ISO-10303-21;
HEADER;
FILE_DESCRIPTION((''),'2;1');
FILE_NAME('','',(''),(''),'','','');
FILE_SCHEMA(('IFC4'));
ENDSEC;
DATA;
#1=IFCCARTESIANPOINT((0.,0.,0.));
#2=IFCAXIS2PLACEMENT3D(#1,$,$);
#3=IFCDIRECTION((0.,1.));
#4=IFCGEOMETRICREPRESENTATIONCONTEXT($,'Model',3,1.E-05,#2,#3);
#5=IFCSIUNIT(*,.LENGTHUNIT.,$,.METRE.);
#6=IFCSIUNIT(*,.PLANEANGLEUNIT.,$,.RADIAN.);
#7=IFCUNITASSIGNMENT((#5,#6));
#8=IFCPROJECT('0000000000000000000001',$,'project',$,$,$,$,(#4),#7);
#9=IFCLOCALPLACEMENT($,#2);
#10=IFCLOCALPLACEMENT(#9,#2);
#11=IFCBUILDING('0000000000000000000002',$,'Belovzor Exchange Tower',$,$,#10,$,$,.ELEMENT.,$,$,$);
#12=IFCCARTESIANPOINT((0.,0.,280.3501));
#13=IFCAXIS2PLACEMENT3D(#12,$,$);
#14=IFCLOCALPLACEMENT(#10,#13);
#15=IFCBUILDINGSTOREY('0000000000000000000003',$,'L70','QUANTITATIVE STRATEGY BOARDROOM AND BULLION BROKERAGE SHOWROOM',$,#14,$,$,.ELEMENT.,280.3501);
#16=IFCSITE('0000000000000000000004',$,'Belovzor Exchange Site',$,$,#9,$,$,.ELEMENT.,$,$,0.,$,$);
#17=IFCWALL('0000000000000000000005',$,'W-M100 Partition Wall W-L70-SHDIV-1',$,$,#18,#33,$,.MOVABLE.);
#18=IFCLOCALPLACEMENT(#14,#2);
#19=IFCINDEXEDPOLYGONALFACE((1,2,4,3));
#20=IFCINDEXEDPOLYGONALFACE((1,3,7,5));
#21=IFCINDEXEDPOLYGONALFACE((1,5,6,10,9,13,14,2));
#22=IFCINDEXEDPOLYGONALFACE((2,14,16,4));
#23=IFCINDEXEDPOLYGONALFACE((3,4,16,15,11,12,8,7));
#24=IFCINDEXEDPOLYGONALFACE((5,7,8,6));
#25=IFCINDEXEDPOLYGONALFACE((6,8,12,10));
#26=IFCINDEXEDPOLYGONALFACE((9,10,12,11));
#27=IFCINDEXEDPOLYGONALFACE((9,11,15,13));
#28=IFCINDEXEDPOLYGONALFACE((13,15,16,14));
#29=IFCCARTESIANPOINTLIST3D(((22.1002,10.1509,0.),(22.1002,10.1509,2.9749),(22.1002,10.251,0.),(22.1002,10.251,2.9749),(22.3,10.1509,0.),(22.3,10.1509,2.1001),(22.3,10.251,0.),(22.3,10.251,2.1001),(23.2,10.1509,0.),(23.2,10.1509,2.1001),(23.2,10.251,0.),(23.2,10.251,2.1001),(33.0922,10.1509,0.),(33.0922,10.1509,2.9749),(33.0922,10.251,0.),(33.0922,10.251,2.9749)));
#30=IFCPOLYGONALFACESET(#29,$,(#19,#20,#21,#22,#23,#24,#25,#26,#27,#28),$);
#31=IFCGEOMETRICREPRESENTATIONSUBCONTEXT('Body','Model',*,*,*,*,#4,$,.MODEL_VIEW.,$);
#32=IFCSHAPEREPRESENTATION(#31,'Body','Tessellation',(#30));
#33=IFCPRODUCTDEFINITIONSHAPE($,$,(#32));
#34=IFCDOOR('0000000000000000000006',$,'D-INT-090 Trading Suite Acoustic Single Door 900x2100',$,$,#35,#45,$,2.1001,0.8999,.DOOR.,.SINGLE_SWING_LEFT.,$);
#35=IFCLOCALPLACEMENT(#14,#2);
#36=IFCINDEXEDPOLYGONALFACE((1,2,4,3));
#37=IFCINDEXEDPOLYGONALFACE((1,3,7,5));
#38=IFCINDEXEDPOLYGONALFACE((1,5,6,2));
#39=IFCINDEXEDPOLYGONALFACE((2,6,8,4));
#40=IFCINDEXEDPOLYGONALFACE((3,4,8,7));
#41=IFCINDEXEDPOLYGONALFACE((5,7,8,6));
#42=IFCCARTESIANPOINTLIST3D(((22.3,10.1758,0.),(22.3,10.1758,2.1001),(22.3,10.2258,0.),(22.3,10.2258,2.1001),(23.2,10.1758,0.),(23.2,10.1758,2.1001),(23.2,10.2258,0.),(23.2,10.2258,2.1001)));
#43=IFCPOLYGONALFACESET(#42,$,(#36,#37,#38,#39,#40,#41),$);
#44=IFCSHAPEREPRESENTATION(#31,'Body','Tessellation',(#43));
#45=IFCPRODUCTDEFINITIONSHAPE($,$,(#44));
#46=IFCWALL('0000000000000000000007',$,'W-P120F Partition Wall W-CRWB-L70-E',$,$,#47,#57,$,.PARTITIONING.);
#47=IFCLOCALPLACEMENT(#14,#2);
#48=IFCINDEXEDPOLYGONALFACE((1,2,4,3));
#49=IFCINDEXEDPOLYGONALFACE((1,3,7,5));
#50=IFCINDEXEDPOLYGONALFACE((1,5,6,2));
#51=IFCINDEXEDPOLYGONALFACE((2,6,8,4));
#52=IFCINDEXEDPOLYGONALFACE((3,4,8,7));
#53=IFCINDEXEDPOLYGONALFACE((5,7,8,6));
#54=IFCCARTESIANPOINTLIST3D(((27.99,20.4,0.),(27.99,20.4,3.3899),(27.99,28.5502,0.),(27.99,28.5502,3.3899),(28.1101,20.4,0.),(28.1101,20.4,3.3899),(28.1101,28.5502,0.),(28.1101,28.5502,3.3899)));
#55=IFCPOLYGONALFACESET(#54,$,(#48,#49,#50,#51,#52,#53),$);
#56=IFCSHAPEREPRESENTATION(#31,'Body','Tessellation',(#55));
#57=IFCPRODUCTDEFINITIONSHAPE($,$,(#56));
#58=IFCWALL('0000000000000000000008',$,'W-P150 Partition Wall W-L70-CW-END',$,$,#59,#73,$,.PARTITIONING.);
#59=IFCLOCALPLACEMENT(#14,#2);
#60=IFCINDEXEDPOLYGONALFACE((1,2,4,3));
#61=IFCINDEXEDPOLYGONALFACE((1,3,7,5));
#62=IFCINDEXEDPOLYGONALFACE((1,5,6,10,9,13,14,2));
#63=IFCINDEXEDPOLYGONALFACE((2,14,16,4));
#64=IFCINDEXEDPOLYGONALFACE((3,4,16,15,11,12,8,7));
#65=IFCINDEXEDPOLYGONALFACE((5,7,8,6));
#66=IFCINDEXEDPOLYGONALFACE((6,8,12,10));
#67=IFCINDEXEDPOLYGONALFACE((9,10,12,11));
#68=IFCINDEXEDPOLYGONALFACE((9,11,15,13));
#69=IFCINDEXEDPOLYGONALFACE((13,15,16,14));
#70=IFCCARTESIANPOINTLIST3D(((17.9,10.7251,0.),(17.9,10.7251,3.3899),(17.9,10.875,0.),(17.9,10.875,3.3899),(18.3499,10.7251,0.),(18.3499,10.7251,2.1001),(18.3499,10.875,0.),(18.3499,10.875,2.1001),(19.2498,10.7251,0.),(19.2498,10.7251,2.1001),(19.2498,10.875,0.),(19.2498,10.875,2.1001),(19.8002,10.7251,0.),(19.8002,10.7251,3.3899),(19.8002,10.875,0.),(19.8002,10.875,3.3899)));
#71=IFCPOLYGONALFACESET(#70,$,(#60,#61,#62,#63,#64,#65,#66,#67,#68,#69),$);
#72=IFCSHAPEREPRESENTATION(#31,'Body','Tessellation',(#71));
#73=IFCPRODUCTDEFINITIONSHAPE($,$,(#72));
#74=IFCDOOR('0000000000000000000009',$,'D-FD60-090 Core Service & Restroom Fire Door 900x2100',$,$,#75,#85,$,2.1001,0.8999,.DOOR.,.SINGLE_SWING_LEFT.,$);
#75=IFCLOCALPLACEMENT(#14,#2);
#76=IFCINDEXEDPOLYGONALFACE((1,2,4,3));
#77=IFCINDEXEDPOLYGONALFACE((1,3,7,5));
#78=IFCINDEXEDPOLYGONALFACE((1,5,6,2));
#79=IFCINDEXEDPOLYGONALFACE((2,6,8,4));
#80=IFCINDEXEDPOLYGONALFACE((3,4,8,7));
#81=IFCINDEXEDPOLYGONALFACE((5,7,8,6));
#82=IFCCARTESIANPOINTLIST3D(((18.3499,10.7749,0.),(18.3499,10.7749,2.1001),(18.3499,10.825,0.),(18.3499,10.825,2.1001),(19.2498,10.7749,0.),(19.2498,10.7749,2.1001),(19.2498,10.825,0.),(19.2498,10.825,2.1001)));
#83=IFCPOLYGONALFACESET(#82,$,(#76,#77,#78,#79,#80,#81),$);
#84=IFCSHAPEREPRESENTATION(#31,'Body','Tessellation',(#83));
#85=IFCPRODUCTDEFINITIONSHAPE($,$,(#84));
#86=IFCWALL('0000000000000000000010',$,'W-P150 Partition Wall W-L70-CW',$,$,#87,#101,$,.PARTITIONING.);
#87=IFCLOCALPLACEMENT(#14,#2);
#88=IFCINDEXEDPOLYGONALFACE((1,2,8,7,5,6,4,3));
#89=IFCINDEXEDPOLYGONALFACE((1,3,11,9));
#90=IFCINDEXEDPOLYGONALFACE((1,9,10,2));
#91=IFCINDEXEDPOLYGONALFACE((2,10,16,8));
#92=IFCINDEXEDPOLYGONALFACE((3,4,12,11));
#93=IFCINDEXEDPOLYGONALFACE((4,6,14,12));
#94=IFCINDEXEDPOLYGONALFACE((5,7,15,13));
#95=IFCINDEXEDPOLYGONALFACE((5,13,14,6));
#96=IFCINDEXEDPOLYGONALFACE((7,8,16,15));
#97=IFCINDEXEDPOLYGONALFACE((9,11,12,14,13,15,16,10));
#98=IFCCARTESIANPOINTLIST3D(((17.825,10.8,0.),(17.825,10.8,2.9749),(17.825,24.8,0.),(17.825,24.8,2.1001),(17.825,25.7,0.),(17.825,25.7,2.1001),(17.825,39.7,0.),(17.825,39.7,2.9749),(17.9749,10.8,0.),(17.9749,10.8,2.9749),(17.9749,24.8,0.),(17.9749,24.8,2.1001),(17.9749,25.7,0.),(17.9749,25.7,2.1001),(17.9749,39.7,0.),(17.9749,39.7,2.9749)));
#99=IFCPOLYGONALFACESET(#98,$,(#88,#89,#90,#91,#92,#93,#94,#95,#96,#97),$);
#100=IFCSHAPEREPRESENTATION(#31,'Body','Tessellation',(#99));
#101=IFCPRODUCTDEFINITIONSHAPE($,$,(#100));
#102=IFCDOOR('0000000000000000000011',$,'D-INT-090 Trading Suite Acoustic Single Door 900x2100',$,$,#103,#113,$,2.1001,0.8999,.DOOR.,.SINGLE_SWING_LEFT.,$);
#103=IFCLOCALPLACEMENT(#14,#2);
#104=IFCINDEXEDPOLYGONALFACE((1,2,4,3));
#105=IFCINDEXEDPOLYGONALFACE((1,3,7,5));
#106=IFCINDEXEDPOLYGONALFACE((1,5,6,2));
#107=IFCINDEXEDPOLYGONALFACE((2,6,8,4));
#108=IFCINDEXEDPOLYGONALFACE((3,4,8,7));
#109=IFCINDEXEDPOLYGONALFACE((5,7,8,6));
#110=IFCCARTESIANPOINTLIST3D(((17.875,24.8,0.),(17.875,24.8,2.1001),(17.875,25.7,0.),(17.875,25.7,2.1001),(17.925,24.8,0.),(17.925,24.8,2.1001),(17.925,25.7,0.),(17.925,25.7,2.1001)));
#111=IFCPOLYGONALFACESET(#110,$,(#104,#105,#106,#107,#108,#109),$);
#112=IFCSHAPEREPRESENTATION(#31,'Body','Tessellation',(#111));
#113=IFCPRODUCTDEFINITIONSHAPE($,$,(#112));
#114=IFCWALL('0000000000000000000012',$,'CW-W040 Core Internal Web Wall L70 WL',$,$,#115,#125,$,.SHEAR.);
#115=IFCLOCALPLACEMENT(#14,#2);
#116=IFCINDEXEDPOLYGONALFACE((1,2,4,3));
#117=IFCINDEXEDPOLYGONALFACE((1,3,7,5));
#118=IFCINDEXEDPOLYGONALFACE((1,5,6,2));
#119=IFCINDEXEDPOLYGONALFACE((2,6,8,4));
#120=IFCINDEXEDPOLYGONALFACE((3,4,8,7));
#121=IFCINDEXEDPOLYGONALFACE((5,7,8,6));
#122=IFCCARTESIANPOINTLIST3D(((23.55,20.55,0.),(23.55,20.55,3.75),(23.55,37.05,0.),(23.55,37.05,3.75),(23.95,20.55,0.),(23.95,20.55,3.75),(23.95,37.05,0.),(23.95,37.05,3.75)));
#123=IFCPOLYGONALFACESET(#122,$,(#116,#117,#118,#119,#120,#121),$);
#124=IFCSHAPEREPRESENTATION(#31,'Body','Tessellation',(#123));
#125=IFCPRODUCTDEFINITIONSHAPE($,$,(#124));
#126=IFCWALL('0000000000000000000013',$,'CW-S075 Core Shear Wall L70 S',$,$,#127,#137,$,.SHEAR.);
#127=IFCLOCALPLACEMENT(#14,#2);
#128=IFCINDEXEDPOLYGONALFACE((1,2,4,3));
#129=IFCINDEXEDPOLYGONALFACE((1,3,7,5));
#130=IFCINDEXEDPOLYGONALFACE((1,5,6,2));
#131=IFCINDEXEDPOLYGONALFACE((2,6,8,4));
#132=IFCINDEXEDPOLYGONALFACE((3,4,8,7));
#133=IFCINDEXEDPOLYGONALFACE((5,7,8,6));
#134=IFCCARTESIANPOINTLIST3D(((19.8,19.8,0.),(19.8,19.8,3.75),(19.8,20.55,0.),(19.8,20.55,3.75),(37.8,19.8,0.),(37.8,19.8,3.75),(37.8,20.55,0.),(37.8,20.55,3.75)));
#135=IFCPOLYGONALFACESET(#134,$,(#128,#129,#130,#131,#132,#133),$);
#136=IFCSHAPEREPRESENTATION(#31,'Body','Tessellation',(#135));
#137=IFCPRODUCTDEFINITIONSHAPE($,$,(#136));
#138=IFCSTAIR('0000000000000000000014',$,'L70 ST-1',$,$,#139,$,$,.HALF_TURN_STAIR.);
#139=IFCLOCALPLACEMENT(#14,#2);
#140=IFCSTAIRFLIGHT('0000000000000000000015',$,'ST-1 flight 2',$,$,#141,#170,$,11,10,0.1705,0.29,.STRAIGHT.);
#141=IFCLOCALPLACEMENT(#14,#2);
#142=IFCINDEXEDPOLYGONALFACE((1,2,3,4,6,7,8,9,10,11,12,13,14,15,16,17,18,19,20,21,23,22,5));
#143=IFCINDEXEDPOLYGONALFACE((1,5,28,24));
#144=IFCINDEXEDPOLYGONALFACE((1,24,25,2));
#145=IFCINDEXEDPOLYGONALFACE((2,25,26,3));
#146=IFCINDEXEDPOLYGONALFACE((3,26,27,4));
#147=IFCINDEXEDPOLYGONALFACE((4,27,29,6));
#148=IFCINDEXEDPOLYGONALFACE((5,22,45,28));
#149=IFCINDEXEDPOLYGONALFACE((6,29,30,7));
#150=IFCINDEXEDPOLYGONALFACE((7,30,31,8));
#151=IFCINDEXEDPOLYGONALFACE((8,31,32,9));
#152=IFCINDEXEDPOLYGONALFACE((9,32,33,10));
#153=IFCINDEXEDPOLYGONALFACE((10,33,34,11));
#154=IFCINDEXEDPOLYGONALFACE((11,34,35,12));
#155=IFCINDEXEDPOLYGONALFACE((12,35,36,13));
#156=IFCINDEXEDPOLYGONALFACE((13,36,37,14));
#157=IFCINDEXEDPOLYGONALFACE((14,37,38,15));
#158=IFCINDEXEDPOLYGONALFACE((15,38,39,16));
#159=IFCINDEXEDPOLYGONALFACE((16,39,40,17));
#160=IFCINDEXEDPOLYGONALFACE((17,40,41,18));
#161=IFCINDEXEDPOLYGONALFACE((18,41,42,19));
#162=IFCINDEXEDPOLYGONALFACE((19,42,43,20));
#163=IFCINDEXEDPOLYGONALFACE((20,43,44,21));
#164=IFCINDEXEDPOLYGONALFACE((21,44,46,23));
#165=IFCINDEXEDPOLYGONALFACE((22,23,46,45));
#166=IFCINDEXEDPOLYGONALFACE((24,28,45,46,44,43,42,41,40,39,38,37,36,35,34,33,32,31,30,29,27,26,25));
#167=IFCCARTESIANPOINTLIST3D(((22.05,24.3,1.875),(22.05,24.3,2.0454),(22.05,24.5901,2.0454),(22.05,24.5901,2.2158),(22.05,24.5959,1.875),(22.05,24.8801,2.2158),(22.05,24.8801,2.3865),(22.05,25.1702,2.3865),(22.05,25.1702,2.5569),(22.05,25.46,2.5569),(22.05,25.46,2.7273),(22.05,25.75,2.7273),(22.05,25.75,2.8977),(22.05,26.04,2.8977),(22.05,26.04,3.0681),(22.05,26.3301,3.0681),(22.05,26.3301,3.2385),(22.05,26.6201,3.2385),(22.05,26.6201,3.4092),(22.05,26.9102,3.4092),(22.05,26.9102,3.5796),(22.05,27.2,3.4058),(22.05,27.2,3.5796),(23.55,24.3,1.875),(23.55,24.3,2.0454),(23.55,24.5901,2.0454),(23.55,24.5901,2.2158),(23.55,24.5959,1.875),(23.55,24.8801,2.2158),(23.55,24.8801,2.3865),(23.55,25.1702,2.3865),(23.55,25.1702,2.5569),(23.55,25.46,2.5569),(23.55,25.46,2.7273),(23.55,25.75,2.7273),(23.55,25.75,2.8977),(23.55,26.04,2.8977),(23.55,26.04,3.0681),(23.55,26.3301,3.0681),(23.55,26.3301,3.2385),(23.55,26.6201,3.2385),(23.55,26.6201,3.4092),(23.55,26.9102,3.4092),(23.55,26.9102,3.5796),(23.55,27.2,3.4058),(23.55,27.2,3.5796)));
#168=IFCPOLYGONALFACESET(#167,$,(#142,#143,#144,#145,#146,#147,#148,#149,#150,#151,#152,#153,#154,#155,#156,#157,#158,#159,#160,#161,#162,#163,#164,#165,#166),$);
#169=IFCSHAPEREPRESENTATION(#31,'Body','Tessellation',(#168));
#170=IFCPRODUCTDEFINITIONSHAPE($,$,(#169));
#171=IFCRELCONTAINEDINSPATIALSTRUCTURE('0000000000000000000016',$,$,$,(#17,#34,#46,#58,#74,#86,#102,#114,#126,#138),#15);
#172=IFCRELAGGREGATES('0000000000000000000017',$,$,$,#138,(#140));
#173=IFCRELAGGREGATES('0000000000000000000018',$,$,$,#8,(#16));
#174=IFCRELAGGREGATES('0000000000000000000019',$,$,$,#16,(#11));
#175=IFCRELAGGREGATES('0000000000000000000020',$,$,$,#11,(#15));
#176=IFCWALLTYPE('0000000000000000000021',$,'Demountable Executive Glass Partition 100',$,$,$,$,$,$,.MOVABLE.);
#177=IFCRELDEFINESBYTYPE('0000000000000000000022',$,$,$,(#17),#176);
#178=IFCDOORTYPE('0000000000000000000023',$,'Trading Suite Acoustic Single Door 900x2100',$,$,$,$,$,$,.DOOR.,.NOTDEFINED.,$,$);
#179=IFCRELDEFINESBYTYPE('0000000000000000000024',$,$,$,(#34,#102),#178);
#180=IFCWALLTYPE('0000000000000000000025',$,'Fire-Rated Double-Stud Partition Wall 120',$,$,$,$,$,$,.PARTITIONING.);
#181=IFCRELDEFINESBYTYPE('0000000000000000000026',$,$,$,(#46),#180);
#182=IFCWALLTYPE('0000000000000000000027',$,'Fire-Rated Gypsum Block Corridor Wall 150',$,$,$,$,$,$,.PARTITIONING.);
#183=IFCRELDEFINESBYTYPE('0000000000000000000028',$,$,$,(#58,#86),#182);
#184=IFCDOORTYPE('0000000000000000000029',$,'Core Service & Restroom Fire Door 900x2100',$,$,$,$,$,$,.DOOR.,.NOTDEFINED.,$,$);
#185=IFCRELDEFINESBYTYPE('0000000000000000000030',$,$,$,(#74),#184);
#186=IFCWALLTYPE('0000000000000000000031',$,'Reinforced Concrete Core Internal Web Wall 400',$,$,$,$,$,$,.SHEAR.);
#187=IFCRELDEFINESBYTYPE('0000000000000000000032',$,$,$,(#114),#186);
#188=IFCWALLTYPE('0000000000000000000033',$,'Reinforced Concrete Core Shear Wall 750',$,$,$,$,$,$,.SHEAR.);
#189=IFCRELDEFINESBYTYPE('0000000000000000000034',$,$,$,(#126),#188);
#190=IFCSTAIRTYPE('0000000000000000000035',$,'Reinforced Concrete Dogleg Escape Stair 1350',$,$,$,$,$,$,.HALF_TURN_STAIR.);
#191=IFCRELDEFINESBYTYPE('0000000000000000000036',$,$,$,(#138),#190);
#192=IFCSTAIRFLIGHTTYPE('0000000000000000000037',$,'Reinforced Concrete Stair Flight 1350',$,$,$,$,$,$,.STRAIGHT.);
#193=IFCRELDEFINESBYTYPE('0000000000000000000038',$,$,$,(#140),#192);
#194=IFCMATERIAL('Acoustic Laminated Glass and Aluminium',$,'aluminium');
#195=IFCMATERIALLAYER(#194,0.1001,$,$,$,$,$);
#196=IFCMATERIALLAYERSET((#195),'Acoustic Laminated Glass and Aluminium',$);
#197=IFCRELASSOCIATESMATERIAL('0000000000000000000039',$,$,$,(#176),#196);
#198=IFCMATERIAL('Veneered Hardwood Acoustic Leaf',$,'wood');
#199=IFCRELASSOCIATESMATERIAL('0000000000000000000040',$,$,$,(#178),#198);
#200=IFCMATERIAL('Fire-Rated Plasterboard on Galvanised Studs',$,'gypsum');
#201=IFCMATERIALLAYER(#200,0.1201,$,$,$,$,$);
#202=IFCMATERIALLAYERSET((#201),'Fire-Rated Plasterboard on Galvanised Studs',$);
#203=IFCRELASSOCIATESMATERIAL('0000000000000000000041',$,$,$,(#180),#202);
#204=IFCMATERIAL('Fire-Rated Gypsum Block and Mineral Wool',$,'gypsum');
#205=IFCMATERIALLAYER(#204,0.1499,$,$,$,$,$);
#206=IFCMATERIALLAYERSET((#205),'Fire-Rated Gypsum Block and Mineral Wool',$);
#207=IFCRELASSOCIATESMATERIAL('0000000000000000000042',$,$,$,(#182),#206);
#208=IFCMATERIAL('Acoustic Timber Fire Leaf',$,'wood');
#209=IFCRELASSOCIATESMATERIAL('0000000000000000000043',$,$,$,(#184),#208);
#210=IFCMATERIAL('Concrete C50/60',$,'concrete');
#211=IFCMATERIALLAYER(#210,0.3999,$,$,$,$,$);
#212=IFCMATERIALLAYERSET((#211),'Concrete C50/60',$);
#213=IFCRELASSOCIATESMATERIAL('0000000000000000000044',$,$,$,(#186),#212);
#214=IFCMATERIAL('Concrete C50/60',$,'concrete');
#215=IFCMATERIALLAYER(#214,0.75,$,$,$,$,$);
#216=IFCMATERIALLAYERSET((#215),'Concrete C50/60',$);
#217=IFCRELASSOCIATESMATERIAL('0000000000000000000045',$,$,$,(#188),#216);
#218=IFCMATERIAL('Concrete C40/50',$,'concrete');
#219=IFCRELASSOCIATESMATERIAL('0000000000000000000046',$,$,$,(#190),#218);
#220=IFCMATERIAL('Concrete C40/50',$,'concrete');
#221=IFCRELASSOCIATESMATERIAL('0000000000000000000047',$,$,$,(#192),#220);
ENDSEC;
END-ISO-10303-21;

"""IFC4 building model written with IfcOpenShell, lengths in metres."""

from ifc_helpers import new_model, si_unit, direction, frame, frame_2d, origin, place, context, subcontext, project, spatial, polyline, rectangle, outline, extrude, material, layer, layer_set, type_object, element, fill, aggregate, save


model = new_model("IFC4")

# Units and contexts
model_context = context("Model", 3, precision=1e-05, world=origin(), true_north=direction((0.0, 1.0)))
body_context = subcontext(model_context, "Body", "Model", "MODEL_VIEW")
ifc_project = project(units=[si_unit("LENGTHUNIT", "METRE"), si_unit("PLANEANGLEUNIT", "RADIAN")], contexts=[model_context])

# Site, building, storey
site_placement = place(None, origin())
site = spatial("IfcSite", under=ifc_project, at=site_placement, Name="Belovzor Exchange Site", CompositionType="ELEMENT", RefElevation=0.0)
building_placement = place(site_placement, origin())
building = spatial("IfcBuilding", under=site, at=building_placement, Name="Belovzor Exchange Tower", CompositionType="ELEMENT")
storey_placement = place(building_placement, frame((0.0, 0.0, 280.3501)))
storey = spatial("IfcBuildingStorey", under=building, at=storey_placement, Name="L70", Description="QUANTITATIVE STRATEGY BOARDROOM AND BULLION BROKERAGE SHOWROOM", CompositionType="ELEMENT", Elevation=280.3501)

# Wall, opening, door
ifc_material_1 = material(Name="Acoustic Laminated Glass and Aluminium", Category="aluminium")
ifc_layer_1 = layer(ifc_material_1, 0.1001)
ifc_layer_set_1 = layer_set([ifc_layer_1], Name="Acoustic Laminated Glass and Aluminium")
wall_type_1 = type_object("IfcWallType", Name="Demountable Executive Glass Partition 100", PredefinedType="MOVABLE", material=ifc_layer_set_1)
ifc_material_2 = material(Name="Veneered Hardwood Acoustic Leaf", Category="wood")
door_type_1 = type_object("IfcDoorType", Name="Trading Suite Acoustic Single Door 900x2100", OperationType="NOTDEFINED", PredefinedType="DOOR", material=ifc_material_2)
wall_1_placement = place(storey_placement, frame((22.1001, 10.2009, 0.0), z_axis=(0.0, 0.0, 1.0), x_axis=(1.0, 0.0, 0.0)))
wall_1 = element("IfcWall", 1, at=wall_1_placement, inside=storey, type_object=wall_type_1, Name="W-M100 Partition Wall W-L70-SHDIV-1", PredefinedType="MOVABLE", context=body_context, shape_type="SweptSolid", body=[
    extrude(rectangle(XDim=10.9919, YDim=0.1001, at=frame_2d((5.4961, 0.0))), origin(), (0.0, 0.0, 1.0), 2.9749),
])
opening_1_placement = place(wall_1_placement, frame((0.2, 0.0, 0.0)))
opening_1 = element("IfcOpeningElement", 2, at=opening_1_placement, cuts=wall_1, PredefinedType="OPENING", context=body_context, shape_type="SweptSolid", body=[
    extrude(rectangle(XDim=0.8999, YDim=2.1001, at=frame_2d((0.45, 1.05))), frame((0.0, 0.0601, 0.0), z_axis=(0.0, -1.0, 0.0), x_axis=(1.0, 0.0, 0.0)), (0.0, 0.0, 1.0), 0.1201),
])
door_1_placement = place(opening_1_placement, origin())
door_1 = element("IfcDoor", 3, at=door_1_placement, inside=storey, type_object=door_type_1, Name="D-INT-090 Trading Suite Acoustic Single Door 900x2100", OperationType="SINGLE_SWING_LEFT", OverallHeight=2.1001, OverallWidth=0.8999, PredefinedType="DOOR", context=body_context, shape_type="SweptSolid", body=[
    extrude(rectangle(XDim=0.8999, YDim=2.1001, at=frame_2d((0.45, 1.05))), frame((0.0, 0.0249, 0.0), z_axis=(0.0, -1.0, 0.0), x_axis=(1.0, 0.0, 0.0)), (0.0, 0.0, 1.0), 0.05),
])
fill(opening_1, door_1)

# Wall
ifc_material_3 = material(Name="Fire-Rated Plasterboard on Galvanised Studs", Category="gypsum")
ifc_layer_2 = layer(ifc_material_3, 0.1201)
ifc_layer_set_2 = layer_set([ifc_layer_2], Name="Fire-Rated Plasterboard on Galvanised Studs")
wall_type_2 = type_object("IfcWallType", Name="Fire-Rated Double-Stud Partition Wall 120", PredefinedType="PARTITIONING", material=ifc_layer_set_2)
wall_2_placement = place(storey_placement, frame((28.05, 20.3999, 0.0), z_axis=(0.0, 0.0, 1.0), x_axis=(0.0, 1.0, 0.0)))
element("IfcWall", 4, at=wall_2_placement, inside=storey, type_object=wall_type_2, Name="W-P120F Partition Wall W-CRWB-L70-E", PredefinedType="PARTITIONING", context=body_context, shape_type="SweptSolid", body=[
    extrude(rectangle(XDim=8.1501, YDim=0.1201, at=frame_2d((4.0752, 0.0))), origin(), (0.0, 0.0, 1.0), 3.3899),
])

# Walls, openings, doors
ifc_material_4 = material(Name="Fire-Rated Gypsum Block and Mineral Wool", Category="gypsum")
ifc_layer_3 = layer(ifc_material_4, 0.1499)
ifc_layer_set_3 = layer_set([ifc_layer_3], Name="Fire-Rated Gypsum Block and Mineral Wool")
wall_type_3 = type_object("IfcWallType", Name="Fire-Rated Gypsum Block Corridor Wall 150", PredefinedType="PARTITIONING", material=ifc_layer_set_3)
wall_3_placement = place(storey_placement, frame((17.8999, 10.8, 0.0), z_axis=(0.0, 0.0, 1.0), x_axis=(1.0, 0.0, 0.0)))
wall_3 = element("IfcWall", 5, at=wall_3_placement, inside=storey, type_object=wall_type_3, Name="W-P150 Partition Wall W-L70-CW-END", PredefinedType="PARTITIONING", context=body_context, shape_type="SweptSolid", body=[
    extrude(rectangle(XDim=1.9001, YDim=0.1499, at=frame_2d((0.9502, 0.0))), origin(), (0.0, 0.0, 1.0), 3.3899),
])
opening_2_placement = place(wall_3_placement, frame((0.45, 0.0, 0.0)))
opening_2 = element("IfcOpeningElement", 6, at=opening_2_placement, cuts=wall_3, PredefinedType="OPENING", context=body_context, shape_type="SweptSolid", body=[
    extrude(rectangle(XDim=0.8999, YDim=2.1001, at=frame_2d((0.45, 1.05))), frame((0.0, 0.085, 0.0), z_axis=(0.0, -1.0, 0.0), x_axis=(1.0, 0.0, 0.0)), (0.0, 0.0, 1.0), 0.1699),
])
ifc_material_5 = material(Name="Acoustic Timber Fire Leaf", Category="wood")
door_type_2 = type_object("IfcDoorType", Name="Core Service & Restroom Fire Door 900x2100", OperationType="NOTDEFINED", PredefinedType="DOOR", material=ifc_material_5)
door_2_placement = place(opening_2_placement, origin())
door_2 = element("IfcDoor", 7, at=door_2_placement, inside=storey, type_object=door_type_2, Name="D-FD60-090 Core Service & Restroom Fire Door 900x2100", OperationType="SINGLE_SWING_LEFT", OverallHeight=2.1001, OverallWidth=0.8999, PredefinedType="DOOR", context=body_context, shape_type="SweptSolid", body=[
    extrude(rectangle(XDim=0.8999, YDim=2.1001, at=frame_2d((0.45, 1.05))), frame((0.0, 0.0249, 0.0), z_axis=(0.0, -1.0, 0.0), x_axis=(1.0, 0.0, 0.0)), (0.0, 0.0, 1.0), 0.05),
])
fill(opening_2, door_2)
wall_4_placement = place(storey_placement, frame((17.8999, 10.8, 0.0), z_axis=(0.0, 0.0, 1.0), x_axis=(0.0, 1.0, 0.0)))
wall_4 = element("IfcWall", 8, at=wall_4_placement, inside=storey, type_object=wall_type_3, Name="W-P150 Partition Wall W-L70-CW", PredefinedType="PARTITIONING", context=body_context, shape_type="SweptSolid", body=[
    extrude(rectangle(XDim=28.8999, YDim=0.1499, at=frame_2d((14.45, 0.0))), origin(), (0.0, 0.0, 1.0), 2.9749),
])
opening_3_placement = place(wall_4_placement, frame((14.0, 0.0, 0.0)))
opening_3 = element("IfcOpeningElement", 9, at=opening_3_placement, cuts=wall_4, PredefinedType="OPENING", context=body_context, shape_type="SweptSolid", body=[
    extrude(rectangle(XDim=0.8999, YDim=2.1001, at=frame_2d((0.45, 1.05))), frame((0.0, 0.085, 0.0), z_axis=(0.0, -1.0, 0.0), x_axis=(1.0, 0.0, 0.0)), (0.0, 0.0, 1.0), 0.1699),
])
door_3_placement = place(opening_3_placement, origin())
door_3 = element("IfcDoor", 10, at=door_3_placement, inside=storey, type_object=door_type_1, Name="D-INT-090 Trading Suite Acoustic Single Door 900x2100", OperationType="SINGLE_SWING_LEFT", OverallHeight=2.1001, OverallWidth=0.8999, PredefinedType="DOOR", context=body_context, shape_type="SweptSolid", body=[
    extrude(rectangle(XDim=0.8999, YDim=2.1001, at=frame_2d((0.45, 1.05))), frame((0.0, 0.0249, 0.0), z_axis=(0.0, -1.0, 0.0), x_axis=(1.0, 0.0, 0.0)), (0.0, 0.0, 1.0), 0.05),
])
fill(opening_3, door_3)

# Walls
ifc_material_6 = material(Name="Concrete C50/60", Category="concrete")
ifc_layer_4 = layer(ifc_material_6, 0.3999)
ifc_layer_set_4 = layer_set([ifc_layer_4], Name="Concrete C50/60")
wall_type_4 = type_object("IfcWallType", Name="Reinforced Concrete Core Internal Web Wall 400", PredefinedType="SHEAR", material=ifc_layer_set_4)
wall_5_placement = place(storey_placement, frame((23.75, 20.55, 0.0), z_axis=(0.0, 0.0, 1.0), x_axis=(0.0, 1.0, 0.0)))
element("IfcWall", 11, at=wall_5_placement, inside=storey, type_object=wall_type_4, Name="CW-W040 Core Internal Web Wall L70 WL", PredefinedType="SHEAR", context=body_context, shape_type="SweptSolid", body=[
    extrude(rectangle(XDim=16.5, YDim=0.3999, at=frame_2d((8.25, 0.0))), origin(), (0.0, 0.0, 1.0), 3.75),
])
ifc_material_7 = material(Name="Concrete C50/60", Category="concrete")
ifc_layer_5 = layer(ifc_material_7, 0.75)
ifc_layer_set_5 = layer_set([ifc_layer_5], Name="Concrete C50/60")
wall_type_5 = type_object("IfcWallType", Name="Reinforced Concrete Core Shear Wall 750", PredefinedType="SHEAR", material=ifc_layer_set_5)
wall_6_placement = place(storey_placement, frame((19.8, 20.175, 0.0), z_axis=(0.0, 0.0, 1.0), x_axis=(1.0, 0.0, 0.0)))
element("IfcWall", 12, at=wall_6_placement, inside=storey, type_object=wall_type_5, Name="CW-S075 Core Shear Wall L70 S", PredefinedType="SHEAR", context=body_context, shape_type="SweptSolid", body=[
    extrude(rectangle(XDim=18.0, YDim=0.75, at=frame_2d((9.0, 0.0))), origin(), (0.0, 0.0, 1.0), 3.75),
])

# Stair, stair flight
ifc_material_8 = material(Name="Concrete C40/50", Category="concrete")
stair_type = type_object("IfcStairType", Name="Reinforced Concrete Dogleg Escape Stair 1350", PredefinedType="HALF_TURN_STAIR", material=ifc_material_8)
stair_placement = place(storey_placement, origin())
stair = element("IfcStair", 13, at=stair_placement, inside=storey, type_object=stair_type, Name="L70 ST-1", PredefinedType="HALF_TURN_STAIR")
ifc_material_9 = material(Name="Concrete C40/50", Category="concrete")
stair_flight_type = type_object("IfcStairFlightType", Name="Reinforced Concrete Stair Flight 1350", PredefinedType="STRAIGHT", material=ifc_material_9)
stair_flight_placement = place(storey_placement, frame((22.8, 24.3, 1.875), z_axis=(0.0, 0.0, 1.0), x_axis=(0.0, 1.0, 0.0)))
stair_flight = element("IfcStairFlight", 14, at=stair_flight_placement, type_object=stair_flight_type, Name="ST-1 flight 2", NumberOfRisers=11, NumberOfTreads=10, PredefinedType="STRAIGHT", RiserHeight=0.1705, TreadLength=0.29, context=body_context, shape_type="SweptSolid", body=[
    extrude(outline(polyline([(0.0, 0.0), (0.0, 0.1704), (0.29, 0.1704), (0.29, 0.3408), (0.5801, 0.3408), (0.5801, 0.5115), (0.8701, 0.5115), (0.8701, 0.6819), (1.1599, 0.6819), (1.1599, 0.8523), (1.45, 0.8523), (1.45, 1.0227), (1.74, 1.0227), (1.74, 1.1931), (2.03, 1.1931), (2.03, 1.3635), (2.3201, 1.3635), (2.3201, 1.5342), (2.6101, 1.5342), (2.6101, 1.7046), (2.8999, 1.7046), (2.8999, 1.875), (2.8999, 1.5308), (0.2959, 0.0), (0.0, 0.0)])), frame((0.0, 0.75, 0.0), z_axis=(0.0, -1.0, 0.0), x_axis=(1.0, 0.0, 0.0)), (0.0, 0.0, 1.0), 1.5),
])
aggregate(stair, [stair_flight])

save(model, "model.ifc")
